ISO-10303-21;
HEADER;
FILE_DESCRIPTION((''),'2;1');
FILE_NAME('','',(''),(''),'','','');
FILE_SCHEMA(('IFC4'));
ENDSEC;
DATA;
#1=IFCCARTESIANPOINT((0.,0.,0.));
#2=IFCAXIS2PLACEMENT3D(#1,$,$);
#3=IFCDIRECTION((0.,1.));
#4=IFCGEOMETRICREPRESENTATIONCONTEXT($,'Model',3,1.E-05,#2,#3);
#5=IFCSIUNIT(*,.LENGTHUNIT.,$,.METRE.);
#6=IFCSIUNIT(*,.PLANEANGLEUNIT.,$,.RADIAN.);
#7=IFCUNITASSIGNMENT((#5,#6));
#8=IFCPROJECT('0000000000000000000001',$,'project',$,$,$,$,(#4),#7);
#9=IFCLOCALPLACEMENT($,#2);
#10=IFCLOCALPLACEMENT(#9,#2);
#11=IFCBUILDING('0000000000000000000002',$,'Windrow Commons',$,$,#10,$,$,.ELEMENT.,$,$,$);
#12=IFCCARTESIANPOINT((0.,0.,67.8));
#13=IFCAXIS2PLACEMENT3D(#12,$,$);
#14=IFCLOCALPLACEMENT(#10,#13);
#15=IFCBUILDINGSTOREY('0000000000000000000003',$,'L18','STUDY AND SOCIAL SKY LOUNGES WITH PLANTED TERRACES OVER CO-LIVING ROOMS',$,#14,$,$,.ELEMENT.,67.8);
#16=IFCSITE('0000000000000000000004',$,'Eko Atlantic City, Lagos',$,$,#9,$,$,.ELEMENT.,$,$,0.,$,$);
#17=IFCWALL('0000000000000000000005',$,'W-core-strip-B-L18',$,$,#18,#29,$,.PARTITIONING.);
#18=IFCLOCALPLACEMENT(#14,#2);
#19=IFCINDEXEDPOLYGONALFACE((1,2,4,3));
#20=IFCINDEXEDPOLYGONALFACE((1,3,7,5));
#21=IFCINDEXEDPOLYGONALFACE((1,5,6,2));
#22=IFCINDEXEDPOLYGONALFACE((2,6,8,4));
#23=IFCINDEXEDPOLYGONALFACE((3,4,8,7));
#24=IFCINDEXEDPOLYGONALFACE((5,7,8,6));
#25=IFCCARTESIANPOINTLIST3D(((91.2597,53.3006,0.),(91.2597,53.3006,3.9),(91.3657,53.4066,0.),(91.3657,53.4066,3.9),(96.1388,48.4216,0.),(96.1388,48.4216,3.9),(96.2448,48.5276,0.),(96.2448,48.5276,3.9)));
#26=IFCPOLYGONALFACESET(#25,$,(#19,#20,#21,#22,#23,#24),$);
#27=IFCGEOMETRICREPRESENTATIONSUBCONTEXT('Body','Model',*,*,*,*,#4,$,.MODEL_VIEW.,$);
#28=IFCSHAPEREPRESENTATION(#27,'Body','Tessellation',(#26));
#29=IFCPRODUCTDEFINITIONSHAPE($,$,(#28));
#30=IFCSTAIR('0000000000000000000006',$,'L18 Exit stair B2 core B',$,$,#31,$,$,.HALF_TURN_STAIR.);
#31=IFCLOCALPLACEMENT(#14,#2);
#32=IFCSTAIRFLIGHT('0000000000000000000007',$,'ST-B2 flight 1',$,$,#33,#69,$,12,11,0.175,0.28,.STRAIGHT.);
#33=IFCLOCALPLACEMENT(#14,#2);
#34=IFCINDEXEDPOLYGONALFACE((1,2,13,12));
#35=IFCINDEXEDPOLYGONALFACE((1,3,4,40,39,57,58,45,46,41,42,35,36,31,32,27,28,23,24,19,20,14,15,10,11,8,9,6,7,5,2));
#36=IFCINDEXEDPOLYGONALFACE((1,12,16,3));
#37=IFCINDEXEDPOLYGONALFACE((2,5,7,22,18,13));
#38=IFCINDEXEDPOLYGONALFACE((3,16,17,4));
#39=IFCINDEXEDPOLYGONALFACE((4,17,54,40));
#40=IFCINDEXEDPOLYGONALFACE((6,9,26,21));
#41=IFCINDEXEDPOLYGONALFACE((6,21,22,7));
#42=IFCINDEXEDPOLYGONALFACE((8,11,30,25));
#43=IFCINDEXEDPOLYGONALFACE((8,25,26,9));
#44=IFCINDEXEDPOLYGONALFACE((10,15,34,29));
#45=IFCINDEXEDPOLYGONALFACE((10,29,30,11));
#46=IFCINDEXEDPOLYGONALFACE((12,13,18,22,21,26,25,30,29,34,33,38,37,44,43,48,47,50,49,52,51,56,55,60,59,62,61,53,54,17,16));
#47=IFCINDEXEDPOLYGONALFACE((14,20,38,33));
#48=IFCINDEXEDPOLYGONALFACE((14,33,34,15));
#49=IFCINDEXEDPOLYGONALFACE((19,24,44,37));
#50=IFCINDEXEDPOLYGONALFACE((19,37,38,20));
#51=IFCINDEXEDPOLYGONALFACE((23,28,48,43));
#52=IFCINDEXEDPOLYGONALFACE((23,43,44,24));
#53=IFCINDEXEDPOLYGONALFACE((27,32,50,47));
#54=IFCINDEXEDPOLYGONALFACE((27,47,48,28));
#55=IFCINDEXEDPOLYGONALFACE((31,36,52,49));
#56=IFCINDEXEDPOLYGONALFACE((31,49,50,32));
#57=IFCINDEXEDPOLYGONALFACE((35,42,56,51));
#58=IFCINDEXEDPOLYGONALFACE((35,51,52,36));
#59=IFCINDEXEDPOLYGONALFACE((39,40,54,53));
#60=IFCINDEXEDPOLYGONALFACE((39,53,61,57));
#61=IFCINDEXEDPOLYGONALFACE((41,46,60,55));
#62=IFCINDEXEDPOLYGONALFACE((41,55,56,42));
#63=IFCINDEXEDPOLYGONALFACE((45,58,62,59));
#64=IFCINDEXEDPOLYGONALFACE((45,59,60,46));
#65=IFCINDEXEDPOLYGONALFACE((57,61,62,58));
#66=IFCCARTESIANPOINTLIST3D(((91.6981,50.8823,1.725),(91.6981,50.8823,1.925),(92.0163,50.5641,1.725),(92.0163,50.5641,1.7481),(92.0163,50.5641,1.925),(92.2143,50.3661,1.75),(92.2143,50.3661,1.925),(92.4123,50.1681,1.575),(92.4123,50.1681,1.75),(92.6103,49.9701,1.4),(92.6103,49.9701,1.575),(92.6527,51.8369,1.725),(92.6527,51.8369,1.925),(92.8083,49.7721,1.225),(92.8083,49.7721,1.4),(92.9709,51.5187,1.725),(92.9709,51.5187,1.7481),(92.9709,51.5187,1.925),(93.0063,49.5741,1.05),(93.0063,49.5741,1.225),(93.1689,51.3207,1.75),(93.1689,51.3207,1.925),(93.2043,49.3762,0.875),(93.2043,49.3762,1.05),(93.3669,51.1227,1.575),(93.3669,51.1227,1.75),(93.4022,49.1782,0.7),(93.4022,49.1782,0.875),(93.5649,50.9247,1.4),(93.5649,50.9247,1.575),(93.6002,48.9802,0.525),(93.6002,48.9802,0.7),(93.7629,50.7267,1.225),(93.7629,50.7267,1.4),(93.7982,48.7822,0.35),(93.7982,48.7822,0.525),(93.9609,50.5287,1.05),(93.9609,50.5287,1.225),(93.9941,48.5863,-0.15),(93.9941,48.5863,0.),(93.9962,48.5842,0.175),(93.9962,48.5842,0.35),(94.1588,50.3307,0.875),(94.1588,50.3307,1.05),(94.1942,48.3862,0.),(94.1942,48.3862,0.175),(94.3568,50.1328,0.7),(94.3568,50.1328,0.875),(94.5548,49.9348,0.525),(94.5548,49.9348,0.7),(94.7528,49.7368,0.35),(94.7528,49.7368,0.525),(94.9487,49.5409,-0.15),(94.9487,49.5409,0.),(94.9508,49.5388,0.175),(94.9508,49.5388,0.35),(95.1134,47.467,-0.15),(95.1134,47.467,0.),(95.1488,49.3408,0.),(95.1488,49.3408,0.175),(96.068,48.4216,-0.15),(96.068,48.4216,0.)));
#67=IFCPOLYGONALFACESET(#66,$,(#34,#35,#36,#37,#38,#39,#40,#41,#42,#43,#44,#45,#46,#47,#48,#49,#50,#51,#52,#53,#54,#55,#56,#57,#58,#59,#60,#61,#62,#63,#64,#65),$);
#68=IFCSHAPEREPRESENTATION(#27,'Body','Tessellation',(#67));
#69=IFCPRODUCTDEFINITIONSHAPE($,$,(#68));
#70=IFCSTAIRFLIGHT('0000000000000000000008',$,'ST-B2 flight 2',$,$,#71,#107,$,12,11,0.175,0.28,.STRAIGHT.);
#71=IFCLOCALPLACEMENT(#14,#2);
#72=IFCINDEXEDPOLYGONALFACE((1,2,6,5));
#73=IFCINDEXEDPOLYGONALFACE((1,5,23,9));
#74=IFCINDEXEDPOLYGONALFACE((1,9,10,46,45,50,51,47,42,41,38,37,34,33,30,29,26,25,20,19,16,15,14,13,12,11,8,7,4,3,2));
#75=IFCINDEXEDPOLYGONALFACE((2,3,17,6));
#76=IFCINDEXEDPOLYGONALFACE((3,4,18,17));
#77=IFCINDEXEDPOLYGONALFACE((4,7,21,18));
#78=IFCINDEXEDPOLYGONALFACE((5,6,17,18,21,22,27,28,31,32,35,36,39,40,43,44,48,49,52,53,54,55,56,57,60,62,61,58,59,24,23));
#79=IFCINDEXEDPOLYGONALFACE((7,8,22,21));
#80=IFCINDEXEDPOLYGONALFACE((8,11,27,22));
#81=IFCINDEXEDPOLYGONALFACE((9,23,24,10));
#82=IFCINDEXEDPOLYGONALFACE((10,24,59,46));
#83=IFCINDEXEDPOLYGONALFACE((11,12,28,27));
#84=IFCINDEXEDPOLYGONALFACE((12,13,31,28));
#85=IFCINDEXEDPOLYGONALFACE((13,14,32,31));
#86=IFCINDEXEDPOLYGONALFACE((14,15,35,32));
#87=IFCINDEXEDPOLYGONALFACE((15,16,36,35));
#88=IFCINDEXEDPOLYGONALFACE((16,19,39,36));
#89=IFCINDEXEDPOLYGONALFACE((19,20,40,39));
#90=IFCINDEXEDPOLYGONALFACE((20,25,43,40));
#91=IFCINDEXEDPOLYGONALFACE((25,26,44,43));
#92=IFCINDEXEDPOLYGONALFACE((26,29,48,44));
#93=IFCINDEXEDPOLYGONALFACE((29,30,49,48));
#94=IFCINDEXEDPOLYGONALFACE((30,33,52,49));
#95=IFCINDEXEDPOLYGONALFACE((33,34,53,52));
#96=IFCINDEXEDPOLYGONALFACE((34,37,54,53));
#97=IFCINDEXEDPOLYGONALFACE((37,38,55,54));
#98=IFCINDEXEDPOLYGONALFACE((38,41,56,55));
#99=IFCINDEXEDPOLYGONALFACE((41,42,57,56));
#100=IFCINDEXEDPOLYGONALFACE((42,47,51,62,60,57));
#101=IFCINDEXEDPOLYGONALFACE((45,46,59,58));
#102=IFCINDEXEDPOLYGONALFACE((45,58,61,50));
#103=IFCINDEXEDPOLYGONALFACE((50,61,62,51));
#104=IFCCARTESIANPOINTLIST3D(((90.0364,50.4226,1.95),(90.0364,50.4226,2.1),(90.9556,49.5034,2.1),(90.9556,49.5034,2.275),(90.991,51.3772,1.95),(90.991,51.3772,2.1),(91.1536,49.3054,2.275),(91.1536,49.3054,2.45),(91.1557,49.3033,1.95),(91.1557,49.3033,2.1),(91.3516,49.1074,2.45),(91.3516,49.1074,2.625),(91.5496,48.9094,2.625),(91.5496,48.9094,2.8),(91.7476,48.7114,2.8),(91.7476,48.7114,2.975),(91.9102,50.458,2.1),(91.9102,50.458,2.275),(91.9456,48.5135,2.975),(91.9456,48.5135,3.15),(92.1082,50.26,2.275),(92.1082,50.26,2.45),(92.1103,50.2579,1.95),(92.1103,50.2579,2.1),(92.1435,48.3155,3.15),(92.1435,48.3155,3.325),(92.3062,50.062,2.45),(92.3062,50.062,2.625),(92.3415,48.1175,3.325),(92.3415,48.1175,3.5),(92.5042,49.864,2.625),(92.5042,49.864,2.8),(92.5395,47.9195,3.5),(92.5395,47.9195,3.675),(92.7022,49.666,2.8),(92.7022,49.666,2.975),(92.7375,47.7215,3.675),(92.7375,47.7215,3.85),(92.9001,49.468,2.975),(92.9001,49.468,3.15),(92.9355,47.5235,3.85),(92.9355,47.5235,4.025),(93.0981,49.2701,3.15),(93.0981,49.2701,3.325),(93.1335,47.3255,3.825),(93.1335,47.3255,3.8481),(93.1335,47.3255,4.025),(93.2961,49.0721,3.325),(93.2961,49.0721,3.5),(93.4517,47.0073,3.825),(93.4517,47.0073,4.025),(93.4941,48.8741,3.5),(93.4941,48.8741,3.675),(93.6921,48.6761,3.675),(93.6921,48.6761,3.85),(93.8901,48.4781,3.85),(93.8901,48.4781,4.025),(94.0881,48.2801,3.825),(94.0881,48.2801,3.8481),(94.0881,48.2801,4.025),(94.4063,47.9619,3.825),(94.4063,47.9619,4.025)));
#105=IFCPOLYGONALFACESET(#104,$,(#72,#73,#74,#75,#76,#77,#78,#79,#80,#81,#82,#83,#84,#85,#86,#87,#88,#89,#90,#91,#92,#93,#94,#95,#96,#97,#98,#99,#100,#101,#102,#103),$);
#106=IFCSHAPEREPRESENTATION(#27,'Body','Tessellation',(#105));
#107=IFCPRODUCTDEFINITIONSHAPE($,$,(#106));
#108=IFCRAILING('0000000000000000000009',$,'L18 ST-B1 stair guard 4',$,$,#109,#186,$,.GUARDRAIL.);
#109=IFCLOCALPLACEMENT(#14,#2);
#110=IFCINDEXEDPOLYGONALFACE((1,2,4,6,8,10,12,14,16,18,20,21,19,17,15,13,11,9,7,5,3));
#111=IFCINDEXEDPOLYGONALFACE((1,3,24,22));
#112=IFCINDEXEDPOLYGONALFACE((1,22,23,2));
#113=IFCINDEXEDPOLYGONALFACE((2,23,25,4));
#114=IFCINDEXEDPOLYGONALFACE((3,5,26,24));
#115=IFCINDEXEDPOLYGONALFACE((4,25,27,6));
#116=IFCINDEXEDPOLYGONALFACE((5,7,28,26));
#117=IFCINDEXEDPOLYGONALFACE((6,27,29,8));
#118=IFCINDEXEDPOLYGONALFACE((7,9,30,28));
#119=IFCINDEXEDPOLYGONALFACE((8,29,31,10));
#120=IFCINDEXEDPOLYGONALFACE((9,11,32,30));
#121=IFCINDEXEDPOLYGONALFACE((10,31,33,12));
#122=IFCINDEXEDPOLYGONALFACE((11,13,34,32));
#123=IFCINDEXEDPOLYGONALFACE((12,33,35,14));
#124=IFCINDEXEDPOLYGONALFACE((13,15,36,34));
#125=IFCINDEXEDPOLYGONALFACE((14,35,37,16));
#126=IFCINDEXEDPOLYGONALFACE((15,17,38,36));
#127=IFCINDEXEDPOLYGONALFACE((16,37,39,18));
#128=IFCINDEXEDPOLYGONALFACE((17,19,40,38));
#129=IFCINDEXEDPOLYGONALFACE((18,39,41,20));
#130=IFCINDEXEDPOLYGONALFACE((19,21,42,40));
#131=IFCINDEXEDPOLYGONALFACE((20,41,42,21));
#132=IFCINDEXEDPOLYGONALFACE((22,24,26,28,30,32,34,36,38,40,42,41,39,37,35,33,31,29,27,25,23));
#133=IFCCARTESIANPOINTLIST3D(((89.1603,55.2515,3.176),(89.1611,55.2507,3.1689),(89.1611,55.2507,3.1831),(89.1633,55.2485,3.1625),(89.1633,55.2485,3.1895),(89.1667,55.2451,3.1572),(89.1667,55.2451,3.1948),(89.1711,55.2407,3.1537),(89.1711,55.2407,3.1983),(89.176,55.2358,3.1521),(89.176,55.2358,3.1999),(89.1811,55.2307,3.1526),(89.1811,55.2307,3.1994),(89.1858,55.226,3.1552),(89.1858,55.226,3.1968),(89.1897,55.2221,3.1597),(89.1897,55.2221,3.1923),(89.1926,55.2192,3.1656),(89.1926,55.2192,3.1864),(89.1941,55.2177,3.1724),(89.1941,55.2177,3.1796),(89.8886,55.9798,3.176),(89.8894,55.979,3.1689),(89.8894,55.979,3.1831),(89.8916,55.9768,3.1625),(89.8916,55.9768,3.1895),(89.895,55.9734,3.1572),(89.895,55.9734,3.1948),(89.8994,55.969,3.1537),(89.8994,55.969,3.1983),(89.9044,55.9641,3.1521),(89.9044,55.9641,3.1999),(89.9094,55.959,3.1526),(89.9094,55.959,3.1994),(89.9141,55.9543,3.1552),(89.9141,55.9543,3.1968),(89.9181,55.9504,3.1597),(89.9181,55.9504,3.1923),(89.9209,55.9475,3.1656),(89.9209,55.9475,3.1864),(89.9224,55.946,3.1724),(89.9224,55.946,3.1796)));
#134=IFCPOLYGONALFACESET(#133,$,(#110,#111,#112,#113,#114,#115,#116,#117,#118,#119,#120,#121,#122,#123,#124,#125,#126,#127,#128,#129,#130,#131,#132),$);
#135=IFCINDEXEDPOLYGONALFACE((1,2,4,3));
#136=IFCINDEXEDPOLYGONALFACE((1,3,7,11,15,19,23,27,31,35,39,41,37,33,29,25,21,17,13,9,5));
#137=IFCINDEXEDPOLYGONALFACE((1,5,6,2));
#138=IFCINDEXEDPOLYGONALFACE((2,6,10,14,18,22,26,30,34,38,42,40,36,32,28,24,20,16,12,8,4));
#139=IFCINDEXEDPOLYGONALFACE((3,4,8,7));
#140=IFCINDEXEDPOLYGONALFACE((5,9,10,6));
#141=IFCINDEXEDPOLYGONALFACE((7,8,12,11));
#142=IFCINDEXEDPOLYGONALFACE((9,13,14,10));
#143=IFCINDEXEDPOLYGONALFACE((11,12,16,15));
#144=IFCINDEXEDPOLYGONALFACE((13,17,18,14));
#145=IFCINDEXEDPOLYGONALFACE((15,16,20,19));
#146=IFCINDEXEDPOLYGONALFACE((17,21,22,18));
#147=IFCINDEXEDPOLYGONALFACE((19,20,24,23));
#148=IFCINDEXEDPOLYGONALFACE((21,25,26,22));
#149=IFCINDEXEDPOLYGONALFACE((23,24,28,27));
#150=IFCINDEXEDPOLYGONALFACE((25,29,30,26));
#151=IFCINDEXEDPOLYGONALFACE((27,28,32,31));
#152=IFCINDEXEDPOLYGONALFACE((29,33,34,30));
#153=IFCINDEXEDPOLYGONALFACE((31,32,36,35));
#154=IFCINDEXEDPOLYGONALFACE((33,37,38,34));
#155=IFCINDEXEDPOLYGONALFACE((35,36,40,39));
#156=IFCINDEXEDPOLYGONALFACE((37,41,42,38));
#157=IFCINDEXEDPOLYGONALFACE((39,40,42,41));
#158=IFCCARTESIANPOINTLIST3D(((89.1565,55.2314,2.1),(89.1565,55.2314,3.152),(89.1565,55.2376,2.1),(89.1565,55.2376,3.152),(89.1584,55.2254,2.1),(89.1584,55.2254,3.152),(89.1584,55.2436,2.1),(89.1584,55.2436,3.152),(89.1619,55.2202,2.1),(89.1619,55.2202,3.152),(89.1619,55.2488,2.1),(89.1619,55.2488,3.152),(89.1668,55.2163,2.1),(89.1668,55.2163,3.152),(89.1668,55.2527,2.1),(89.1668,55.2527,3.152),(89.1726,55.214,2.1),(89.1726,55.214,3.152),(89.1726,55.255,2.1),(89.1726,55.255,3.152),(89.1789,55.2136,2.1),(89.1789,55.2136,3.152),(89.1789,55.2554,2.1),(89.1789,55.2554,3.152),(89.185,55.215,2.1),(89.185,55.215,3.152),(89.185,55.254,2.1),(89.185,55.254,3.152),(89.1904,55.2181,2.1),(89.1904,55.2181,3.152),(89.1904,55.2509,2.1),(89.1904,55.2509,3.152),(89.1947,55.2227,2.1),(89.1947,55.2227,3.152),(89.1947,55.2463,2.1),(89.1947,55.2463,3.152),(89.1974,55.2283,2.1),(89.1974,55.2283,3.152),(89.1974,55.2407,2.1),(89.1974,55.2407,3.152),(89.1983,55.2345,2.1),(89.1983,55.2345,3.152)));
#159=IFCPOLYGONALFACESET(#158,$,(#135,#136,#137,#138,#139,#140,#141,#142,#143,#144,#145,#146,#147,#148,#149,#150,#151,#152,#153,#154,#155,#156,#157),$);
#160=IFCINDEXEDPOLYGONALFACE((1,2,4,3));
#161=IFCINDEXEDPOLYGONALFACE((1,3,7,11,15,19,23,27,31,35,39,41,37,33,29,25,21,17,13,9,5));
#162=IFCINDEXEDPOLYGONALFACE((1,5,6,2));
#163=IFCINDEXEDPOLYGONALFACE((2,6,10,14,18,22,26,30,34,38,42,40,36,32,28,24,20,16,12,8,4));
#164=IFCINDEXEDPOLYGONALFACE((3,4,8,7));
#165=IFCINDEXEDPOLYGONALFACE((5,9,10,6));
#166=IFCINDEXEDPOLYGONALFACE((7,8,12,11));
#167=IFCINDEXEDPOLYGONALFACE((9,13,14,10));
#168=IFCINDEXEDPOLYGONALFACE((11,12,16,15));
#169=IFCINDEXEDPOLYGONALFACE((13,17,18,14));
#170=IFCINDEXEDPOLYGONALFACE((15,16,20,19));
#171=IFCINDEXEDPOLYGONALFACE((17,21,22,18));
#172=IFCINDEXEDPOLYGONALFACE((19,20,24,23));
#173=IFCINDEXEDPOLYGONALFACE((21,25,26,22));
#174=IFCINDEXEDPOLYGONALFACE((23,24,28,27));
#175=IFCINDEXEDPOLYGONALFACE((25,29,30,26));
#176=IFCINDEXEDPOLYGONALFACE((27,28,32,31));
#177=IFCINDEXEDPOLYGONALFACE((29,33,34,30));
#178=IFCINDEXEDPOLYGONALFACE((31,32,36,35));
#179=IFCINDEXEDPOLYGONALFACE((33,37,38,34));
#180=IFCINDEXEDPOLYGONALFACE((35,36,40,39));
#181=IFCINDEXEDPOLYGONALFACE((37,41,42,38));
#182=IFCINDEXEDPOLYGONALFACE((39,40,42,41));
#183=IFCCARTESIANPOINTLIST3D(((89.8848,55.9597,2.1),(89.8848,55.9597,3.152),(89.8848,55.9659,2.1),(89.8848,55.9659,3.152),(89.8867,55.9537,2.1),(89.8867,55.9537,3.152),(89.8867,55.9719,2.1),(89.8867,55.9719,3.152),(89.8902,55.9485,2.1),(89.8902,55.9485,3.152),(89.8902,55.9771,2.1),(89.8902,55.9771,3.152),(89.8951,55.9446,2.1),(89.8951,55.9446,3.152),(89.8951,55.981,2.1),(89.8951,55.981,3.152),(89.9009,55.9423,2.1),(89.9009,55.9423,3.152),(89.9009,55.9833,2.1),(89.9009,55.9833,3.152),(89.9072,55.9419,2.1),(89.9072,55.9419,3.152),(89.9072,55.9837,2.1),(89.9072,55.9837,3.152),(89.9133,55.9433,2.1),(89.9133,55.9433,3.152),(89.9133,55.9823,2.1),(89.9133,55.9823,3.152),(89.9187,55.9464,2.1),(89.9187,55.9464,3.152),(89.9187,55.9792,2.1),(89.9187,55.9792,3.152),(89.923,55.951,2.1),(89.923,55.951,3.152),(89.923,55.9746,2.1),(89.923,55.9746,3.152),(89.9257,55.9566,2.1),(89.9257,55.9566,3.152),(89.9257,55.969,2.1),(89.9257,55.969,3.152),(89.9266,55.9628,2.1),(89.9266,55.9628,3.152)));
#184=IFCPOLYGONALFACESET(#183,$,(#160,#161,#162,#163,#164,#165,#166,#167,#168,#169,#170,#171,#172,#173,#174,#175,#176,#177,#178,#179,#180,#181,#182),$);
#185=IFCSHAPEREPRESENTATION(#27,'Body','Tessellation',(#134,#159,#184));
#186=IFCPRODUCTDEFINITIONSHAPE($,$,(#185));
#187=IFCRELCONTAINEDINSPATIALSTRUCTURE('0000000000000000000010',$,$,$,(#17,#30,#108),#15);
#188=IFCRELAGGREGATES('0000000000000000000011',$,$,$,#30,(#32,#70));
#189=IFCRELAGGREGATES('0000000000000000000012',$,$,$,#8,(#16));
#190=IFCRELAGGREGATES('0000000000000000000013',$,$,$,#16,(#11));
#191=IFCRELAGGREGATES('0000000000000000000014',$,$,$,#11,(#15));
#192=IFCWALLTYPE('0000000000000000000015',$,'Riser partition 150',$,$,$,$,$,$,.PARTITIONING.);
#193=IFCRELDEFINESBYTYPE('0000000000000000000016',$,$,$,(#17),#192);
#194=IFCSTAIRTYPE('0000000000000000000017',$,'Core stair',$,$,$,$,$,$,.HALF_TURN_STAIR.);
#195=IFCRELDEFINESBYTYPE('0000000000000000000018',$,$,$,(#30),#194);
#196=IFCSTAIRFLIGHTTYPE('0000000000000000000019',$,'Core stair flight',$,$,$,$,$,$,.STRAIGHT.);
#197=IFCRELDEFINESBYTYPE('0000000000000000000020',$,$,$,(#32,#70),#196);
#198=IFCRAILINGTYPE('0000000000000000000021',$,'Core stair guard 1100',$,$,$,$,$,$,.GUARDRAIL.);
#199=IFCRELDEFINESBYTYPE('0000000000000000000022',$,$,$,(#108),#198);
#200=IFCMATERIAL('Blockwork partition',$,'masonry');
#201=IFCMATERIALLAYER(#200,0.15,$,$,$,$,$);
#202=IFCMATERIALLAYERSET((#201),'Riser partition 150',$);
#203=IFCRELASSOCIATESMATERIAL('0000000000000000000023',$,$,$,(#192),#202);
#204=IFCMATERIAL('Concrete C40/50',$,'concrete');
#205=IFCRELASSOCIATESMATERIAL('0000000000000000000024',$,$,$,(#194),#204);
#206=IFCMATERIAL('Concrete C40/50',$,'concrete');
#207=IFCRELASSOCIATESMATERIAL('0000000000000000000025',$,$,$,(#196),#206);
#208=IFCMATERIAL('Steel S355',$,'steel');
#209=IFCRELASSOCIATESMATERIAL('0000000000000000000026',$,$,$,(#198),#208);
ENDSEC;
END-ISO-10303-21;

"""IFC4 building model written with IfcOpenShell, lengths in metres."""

from ifc_helpers import new_model, si_unit, direction, frame, frame_2d, origin, origin_2d, place, context, subcontext, project, spatial, polyline, rectangle, circle, outline, extrude, material, layer, layer_set, type_object, element, aggregate, save


model = new_model("IFC4")

# Units and contexts
model_context = context("Model", 3, precision=1e-05, world=origin(), true_north=direction((0.0, 1.0)))
body_context = subcontext(model_context, "Body", "Model", "MODEL_VIEW")
ifc_project = project(units=[si_unit("LENGTHUNIT", "METRE"), si_unit("PLANEANGLEUNIT", "RADIAN")], contexts=[model_context])

# Site, building, storey
site_placement = place(None, origin())
site = spatial("IfcSite", under=ifc_project, at=site_placement, Name="Eko Atlantic City, Lagos", CompositionType="ELEMENT", RefElevation=0.0)
building_placement = place(site_placement, origin())
building = spatial("IfcBuilding", under=site, at=building_placement, Name="Windrow Commons", CompositionType="ELEMENT")
storey_placement = place(building_placement, frame((0.0, 0.0, 67.8)))
storey = spatial("IfcBuildingStorey", under=building, at=storey_placement, Name="L18", Description="STUDY AND SOCIAL SKY LOUNGES WITH PLANTED TERRACES OVER CO-LIVING ROOMS", CompositionType="ELEMENT", Elevation=67.8)

# Shared definitions
placement = place(storey_placement, origin())

# Wall
ifc_material_1 = material(Name="Blockwork partition", Category="masonry")
ifc_layer_1 = layer(ifc_material_1, 0.15)
ifc_layer_set_1 = layer_set([ifc_layer_1], Name="Riser partition 150")
wall_type = type_object("IfcWallType", Name="Riser partition 150", PredefinedType="PARTITIONING", material=ifc_layer_set_1)
wall_placement = place(storey_placement, frame((91.3127, 53.3536, 0.0), z_axis=(0.0, 0.0, 1.0), x_axis=(0.707114, -0.7071, 0.0)))
element("IfcWall", 1, at=wall_placement, inside=storey, type_object=wall_type, Name="W-core-strip-B-L18", PredefinedType="PARTITIONING", context=body_context, shape_type="SweptSolid", body=[
    extrude(rectangle(XDim=6.9, YDim=0.15, at=frame_2d((3.45, 0.0))), origin(), (0.0, 0.0, 1.0), 3.9),
])

# Stair, stair flights
ifc_material_2 = material(Name="Concrete C40/50", Category="concrete")
stair_type = type_object("IfcStairType", Name="Core stair", PredefinedType="HALF_TURN_STAIR", material=ifc_material_2)
stair = element("IfcStair", 2, at=placement, inside=storey, type_object=stair_type, Name="L18 Exit stair B2 core B", PredefinedType="HALF_TURN_STAIR")
ifc_material_3 = material(Name="Concrete C40/50", Category="concrete")
stair_flight_type = type_object("IfcStairFlightType", Name="Core stair flight", PredefinedType="STRAIGHT", material=ifc_material_3)
stair_flight_1_placement = place(storey_placement, frame((94.6715, 48.8635, 0.0), z_axis=(0.0, 0.0, 1.0), x_axis=(-0.707107, 0.707107, 0.0)))
stair_flight_1 = element("IfcStairFlight", 3, at=stair_flight_1_placement, type_object=stair_flight_type, Name="ST-B2 flight 1", NumberOfRisers=12, NumberOfTreads=11, PredefinedType="STRAIGHT", RiserHeight=0.175, TreadLength=0.28, context=body_context, shape_type="SweptSolid", body=[
    extrude(outline(polyline([(-1.3, -0.15), (-1.3, 0.0), (0.0, 0.0), (0.0, 0.175), (0.28, 0.175), (0.28, 0.35), (0.56, 0.35), (0.56, 0.525), (0.84, 0.525), (0.84, 0.7), (1.12, 0.7), (1.12, 0.875), (1.4, 0.875), (1.4, 1.05), (1.68, 1.05), (1.68, 1.225), (1.96, 1.225), (1.96, 1.4), (2.24, 1.4), (2.24, 1.575), (2.52, 1.575), (2.52, 1.75), (2.8, 1.75), (2.8, 1.925), (3.08, 1.925), (3.53, 1.925), (3.53, 1.725), (3.08, 1.725), (3.08, 1.7481), (0.283, 0.0), (0.283, -0.15), (-1.3, -0.15)])), frame((0.0, 0.675, 0.0), z_axis=(0.0, -1.0, 0.0), x_axis=(1.0, 0.0, 0.0)), (0.0, 0.0, 1.0), 1.35),
])
stair_flight_2_placement = place(storey_placement, frame((91.4329, 49.9807, 2.1), z_axis=(0.0, 0.0, 1.0), x_axis=(0.707107, -0.707107, 0.0)))
stair_flight_2 = element("IfcStairFlight", 4, at=stair_flight_2_placement, type_object=stair_flight_type, Name="ST-B2 flight 2", NumberOfRisers=12, NumberOfTreads=11, PredefinedType="STRAIGHT", RiserHeight=0.175, TreadLength=0.28, context=body_context, shape_type="SweptSolid", body=[
    extrude(outline(polyline([(-1.3, -0.15), (-1.3, 0.0), (0.0, 0.0), (0.0, 0.175), (0.28, 0.175), (0.28, 0.35), (0.56, 0.35), (0.56, 0.525), (0.84, 0.525), (0.84, 0.7), (1.12, 0.7), (1.12, 0.875), (1.4, 0.875), (1.4, 1.05), (1.68, 1.05), (1.68, 1.225), (1.96, 1.225), (1.96, 1.4), (2.24, 1.4), (2.24, 1.575), (2.52, 1.575), (2.52, 1.75), (2.8, 1.75), (2.8, 1.925), (3.08, 1.925), (3.53, 1.925), (3.53, 1.725), (3.08, 1.725), (3.08, 1.7481), (0.283, 0.0), (0.283, -0.15), (-1.3, -0.15)])), frame((0.0, 0.675, 0.0), z_axis=(0.0, -1.0, 0.0), x_axis=(1.0, 0.0, 0.0)), (0.0, 0.0, 1.0), 1.35),
])
aggregate(stair, [stair_flight_1, stair_flight_2])

# Railing
ifc_material_4 = material(Name="Steel S355", Category="steel")
railing_type_1 = type_object("IfcRailingType", Name="Core stair guard 1100", PredefinedType="GUARDRAIL", material=ifc_material_4)
railing_1_placement = place(storey_placement, frame((89.1773, 55.2345, 2.1)))
element("IfcRailing", 5, at=railing_1_placement, inside=storey, type_object=railing_type_1, Name="L18 ST-B1 stair guard 4", PredefinedType="GUARDRAIL", context=body_context, shape_type="SweptSolid", body=[
    extrude(circle(Radius=0.024, at=origin_2d()), frame((0.0, 0.0, 1.076), z_axis=(0.707107, 0.707107, 0.0), x_axis=(-0.707107, 0.707107, 0.0)), (0.0, 0.0, 1.0), 1.03),
    extrude(circle(Radius=0.021, at=origin_2d()), origin(), (0.0, 0.0, 1.0), 1.052),
    extrude(circle(Radius=0.021, at=origin_2d()), frame((0.7283, 0.7283, 0.0)), (0.0, 0.0, 1.0), 1.052),
])

save(model, "model.ifc")
